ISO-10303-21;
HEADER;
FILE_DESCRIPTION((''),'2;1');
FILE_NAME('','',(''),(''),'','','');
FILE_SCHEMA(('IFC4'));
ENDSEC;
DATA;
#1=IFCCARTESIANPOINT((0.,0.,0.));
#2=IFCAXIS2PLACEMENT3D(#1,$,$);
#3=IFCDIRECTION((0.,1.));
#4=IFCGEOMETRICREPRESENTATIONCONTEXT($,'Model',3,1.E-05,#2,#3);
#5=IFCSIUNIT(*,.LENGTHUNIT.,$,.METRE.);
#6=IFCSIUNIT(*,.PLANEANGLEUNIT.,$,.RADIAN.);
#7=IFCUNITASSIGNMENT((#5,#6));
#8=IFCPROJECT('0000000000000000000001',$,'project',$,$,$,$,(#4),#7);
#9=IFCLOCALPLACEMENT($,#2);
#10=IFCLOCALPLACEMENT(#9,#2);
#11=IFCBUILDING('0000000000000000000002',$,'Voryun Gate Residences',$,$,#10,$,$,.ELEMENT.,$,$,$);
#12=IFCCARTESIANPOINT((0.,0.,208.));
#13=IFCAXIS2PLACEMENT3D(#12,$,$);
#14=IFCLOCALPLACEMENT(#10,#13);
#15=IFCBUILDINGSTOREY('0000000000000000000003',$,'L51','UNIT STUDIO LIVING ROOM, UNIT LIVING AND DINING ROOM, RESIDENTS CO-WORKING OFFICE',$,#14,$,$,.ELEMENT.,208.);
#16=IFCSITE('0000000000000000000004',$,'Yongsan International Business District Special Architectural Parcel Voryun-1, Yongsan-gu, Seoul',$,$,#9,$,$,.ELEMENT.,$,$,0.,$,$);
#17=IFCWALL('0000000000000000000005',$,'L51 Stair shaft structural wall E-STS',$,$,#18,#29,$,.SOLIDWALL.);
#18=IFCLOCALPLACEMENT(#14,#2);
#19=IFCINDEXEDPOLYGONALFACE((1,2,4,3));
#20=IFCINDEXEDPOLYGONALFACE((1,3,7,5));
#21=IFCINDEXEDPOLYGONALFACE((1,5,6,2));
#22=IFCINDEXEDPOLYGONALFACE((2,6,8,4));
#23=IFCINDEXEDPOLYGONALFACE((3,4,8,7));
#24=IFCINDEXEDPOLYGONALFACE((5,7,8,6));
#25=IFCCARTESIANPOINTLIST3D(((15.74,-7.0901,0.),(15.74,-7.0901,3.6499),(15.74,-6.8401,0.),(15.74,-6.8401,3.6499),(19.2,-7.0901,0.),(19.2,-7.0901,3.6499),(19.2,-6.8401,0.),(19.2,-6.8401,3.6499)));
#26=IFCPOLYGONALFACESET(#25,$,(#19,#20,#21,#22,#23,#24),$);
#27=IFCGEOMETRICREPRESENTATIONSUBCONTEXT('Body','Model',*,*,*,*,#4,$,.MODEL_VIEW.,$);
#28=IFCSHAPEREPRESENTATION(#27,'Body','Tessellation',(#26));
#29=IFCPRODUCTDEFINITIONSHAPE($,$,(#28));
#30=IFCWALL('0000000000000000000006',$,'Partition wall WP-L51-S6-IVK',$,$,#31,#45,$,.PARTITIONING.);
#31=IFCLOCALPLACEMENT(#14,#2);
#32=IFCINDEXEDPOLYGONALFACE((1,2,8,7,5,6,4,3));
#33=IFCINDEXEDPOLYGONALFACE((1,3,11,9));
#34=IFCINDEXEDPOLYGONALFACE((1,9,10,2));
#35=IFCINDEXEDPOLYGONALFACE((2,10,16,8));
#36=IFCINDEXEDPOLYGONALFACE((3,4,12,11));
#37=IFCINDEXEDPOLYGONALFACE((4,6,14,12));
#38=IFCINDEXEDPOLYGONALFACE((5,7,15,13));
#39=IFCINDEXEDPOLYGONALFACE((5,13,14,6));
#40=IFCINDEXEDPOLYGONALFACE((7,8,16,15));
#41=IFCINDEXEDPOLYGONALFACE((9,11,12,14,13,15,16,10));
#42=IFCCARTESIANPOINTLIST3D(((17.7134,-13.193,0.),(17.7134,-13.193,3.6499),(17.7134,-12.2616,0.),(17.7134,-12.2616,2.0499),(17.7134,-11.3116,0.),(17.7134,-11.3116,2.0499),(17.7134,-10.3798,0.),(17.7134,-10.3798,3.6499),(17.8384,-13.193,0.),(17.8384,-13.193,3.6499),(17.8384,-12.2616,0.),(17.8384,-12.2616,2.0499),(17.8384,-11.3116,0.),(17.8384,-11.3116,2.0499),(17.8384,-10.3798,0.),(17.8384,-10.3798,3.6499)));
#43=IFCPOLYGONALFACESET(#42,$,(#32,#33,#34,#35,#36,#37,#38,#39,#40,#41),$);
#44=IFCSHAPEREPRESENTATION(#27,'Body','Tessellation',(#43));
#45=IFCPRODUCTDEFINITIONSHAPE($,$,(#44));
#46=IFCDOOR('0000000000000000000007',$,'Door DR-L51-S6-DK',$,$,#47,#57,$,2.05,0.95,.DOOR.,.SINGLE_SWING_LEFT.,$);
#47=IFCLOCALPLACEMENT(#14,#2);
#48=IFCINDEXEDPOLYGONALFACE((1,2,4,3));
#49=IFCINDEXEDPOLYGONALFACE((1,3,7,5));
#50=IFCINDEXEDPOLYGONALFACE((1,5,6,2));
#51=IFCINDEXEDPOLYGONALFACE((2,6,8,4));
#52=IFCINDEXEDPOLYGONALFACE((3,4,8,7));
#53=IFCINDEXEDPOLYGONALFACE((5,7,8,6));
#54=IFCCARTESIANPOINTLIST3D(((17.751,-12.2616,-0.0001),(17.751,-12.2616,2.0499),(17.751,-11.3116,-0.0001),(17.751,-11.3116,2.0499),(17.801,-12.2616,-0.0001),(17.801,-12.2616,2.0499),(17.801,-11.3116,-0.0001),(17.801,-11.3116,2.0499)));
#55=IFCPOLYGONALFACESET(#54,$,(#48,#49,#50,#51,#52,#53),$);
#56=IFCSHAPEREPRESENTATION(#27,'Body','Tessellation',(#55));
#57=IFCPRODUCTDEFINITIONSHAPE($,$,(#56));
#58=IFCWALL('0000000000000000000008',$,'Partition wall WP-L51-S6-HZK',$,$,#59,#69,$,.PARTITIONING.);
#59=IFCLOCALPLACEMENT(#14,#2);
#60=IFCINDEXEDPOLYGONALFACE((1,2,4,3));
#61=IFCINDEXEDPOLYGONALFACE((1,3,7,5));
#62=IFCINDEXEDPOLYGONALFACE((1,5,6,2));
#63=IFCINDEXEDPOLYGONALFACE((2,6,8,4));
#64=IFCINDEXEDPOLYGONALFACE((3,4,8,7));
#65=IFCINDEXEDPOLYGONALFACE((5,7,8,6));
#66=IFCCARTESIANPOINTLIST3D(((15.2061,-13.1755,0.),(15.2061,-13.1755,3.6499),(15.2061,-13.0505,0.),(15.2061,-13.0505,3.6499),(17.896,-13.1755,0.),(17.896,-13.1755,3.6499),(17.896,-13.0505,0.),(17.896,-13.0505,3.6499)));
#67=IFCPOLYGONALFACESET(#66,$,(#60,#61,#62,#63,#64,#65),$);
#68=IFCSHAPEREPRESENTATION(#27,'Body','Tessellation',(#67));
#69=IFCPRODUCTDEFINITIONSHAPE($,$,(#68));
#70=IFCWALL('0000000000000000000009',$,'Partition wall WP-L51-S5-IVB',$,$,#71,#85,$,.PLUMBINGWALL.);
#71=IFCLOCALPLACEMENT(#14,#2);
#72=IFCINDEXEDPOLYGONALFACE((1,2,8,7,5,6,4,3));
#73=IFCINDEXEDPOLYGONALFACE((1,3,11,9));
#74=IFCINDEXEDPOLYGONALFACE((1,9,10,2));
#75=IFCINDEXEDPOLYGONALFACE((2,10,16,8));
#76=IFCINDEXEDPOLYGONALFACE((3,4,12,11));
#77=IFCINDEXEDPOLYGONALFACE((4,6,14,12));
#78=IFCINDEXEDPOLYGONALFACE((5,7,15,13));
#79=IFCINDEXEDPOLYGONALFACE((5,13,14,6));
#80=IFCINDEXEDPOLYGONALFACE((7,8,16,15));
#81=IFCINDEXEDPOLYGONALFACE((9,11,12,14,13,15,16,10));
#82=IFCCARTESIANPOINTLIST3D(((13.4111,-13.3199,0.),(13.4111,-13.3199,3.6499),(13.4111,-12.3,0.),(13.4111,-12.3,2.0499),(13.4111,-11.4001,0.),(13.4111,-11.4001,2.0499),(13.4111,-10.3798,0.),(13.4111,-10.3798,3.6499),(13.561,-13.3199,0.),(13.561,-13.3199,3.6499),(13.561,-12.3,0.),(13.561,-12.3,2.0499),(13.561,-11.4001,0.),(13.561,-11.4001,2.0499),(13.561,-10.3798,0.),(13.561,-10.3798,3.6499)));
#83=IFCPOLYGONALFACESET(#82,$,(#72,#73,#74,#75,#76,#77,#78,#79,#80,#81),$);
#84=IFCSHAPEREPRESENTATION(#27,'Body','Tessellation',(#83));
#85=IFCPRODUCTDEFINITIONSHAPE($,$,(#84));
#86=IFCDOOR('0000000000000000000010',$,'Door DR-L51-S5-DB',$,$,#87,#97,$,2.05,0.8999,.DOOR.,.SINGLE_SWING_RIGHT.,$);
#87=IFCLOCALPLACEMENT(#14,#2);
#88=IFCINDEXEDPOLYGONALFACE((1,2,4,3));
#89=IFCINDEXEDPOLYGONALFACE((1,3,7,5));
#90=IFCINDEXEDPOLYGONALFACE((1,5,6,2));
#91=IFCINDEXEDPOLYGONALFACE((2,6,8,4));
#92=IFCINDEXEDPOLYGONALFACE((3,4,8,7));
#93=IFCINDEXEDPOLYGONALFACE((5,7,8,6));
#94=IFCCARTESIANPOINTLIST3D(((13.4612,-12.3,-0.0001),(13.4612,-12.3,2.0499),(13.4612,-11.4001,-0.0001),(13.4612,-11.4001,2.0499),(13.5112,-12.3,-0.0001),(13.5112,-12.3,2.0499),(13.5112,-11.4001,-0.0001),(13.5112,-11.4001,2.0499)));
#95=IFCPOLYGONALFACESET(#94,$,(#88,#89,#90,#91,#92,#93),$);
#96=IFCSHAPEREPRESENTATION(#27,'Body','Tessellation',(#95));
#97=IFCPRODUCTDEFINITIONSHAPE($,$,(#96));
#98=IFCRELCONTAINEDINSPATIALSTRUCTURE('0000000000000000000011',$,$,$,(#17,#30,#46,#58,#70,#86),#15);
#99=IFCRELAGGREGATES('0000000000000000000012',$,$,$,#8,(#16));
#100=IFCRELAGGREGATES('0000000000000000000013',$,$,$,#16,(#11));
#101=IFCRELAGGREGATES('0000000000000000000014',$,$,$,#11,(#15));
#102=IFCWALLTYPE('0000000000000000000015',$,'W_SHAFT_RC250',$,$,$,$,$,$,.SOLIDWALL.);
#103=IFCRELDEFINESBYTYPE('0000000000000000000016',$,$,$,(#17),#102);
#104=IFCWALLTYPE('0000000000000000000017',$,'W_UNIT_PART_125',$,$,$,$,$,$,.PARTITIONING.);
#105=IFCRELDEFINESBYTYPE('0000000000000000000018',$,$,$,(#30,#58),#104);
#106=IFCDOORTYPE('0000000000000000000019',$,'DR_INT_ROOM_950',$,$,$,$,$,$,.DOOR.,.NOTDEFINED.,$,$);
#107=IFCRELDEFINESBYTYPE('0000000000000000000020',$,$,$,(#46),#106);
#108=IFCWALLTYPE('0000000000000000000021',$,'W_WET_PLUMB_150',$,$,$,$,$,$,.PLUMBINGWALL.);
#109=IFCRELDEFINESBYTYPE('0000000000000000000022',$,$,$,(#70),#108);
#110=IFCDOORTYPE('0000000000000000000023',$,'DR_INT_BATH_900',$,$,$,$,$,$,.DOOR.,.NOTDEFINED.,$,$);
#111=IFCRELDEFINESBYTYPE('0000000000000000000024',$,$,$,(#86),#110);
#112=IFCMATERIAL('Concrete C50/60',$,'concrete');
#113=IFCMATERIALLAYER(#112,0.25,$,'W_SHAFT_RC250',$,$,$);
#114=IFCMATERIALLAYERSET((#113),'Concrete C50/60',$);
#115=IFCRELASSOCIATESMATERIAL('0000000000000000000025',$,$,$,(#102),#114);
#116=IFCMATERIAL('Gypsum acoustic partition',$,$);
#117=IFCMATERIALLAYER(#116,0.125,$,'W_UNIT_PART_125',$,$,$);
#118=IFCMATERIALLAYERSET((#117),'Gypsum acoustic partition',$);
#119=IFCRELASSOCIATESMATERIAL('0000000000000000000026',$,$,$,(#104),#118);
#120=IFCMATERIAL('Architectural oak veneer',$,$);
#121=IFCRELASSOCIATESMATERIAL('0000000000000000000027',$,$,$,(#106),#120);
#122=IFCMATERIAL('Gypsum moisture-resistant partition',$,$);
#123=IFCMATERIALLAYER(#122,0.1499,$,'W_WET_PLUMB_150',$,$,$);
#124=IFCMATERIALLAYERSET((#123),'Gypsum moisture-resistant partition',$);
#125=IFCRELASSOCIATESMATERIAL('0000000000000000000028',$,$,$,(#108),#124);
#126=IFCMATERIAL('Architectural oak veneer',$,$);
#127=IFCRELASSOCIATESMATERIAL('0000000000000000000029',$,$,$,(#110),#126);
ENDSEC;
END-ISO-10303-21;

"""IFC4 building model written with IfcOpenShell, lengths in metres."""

from ifc_helpers import new_model, si_unit, direction, frame, frame_2d, origin, place, context, subcontext, project, spatial, rectangle, extrude, material, layer, layer_set, type_object, element, fill, save


model = new_model("IFC4")

# Units and contexts
model_context = context("Model", 3, precision=1e-05, world=origin(), true_north=direction((0.0, 1.0)))
body_context = subcontext(model_context, "Body", "Model", "MODEL_VIEW")
ifc_project = project(units=[si_unit("LENGTHUNIT", "METRE"), si_unit("PLANEANGLEUNIT", "RADIAN")], contexts=[model_context])

# Site, building, storey
site_placement = place(None, origin())
site = spatial("IfcSite", under=ifc_project, at=site_placement, Name="Yongsan International Business District Special Architectural Parcel Voryun-1, Yongsan-gu, Seoul", CompositionType="ELEMENT", RefElevation=0.0)
building_placement = place(site_placement, origin())
building = spatial("IfcBuilding", under=site, at=building_placement, Name="Voryun Gate Residences", CompositionType="ELEMENT")
storey_placement = place(building_placement, frame((0.0, 0.0, 208.0)))
storey = spatial("IfcBuildingStorey", under=building, at=storey_placement, Name="L51", Description="UNIT STUDIO LIVING ROOM, UNIT LIVING AND DINING ROOM, RESIDENTS CO-WORKING OFFICE", CompositionType="ELEMENT", Elevation=208.0)

# Wall
ifc_material_1 = material(Name="Concrete C50/60", Category="concrete")
ifc_layer_1 = layer(ifc_material_1, 0.25, Name="W_SHAFT_RC250")
ifc_layer_set_1 = layer_set([ifc_layer_1], Name="Concrete C50/60")
wall_type_1 = type_object("IfcWallType", Name="W_SHAFT_RC250", PredefinedType="SOLIDWALL", material=ifc_layer_set_1)
wall_1_placement = place(storey_placement, frame((15.74, -6.9651, 0.0), z_axis=(0.0, 0.0, 1.0), x_axis=(1.0, 0.0, 0.0)))
element("IfcWall", 1, at=wall_1_placement, inside=storey, type_object=wall_type_1, Name="L51 Stair shaft structural wall E-STS", PredefinedType="SOLIDWALL", context=body_context, shape_type="SweptSolid", body=[
    extrude(rectangle(XDim=3.46, YDim=0.25, at=frame_2d((1.73, 0.0))), origin(), (0.0, 0.0, 1.0), 3.6499),
])

# Wall, opening, door
ifc_material_2 = material(Name="Gypsum acoustic partition")
ifc_layer_2 = layer(ifc_material_2, 0.125, Name="W_UNIT_PART_125")
ifc_layer_set_2 = layer_set([ifc_layer_2], Name="Gypsum acoustic partition")
wall_type_2 = type_object("IfcWallType", Name="W_UNIT_PART_125", PredefinedType="PARTITIONING", material=ifc_layer_set_2)
wall_2_placement = place(storey_placement, frame((17.7759, -13.1931, 0.0), z_axis=(0.0, 0.0, 1.0), x_axis=(0.0, 1.0, 0.0)))
wall_2 = element("IfcWall", 2, at=wall_2_placement, inside=storey, type_object=wall_type_2, Name="Partition wall WP-L51-S6-IVK", PredefinedType="PARTITIONING", context=body_context, shape_type="SweptSolid", body=[
    extrude(rectangle(XDim=2.8132, YDim=0.125, at=frame_2d((1.4067, 0.0))), origin(), (0.0, 0.0, 1.0), 3.6499),
])
opening_1_placement = place(wall_2_placement, frame((0.9314, 0.0, 0.0)))
opening_1 = element("IfcOpeningElement", 3, at=opening_1_placement, cuts=wall_2, PredefinedType="OPENING", context=body_context, shape_type="SweptSolid", body=[
    extrude(rectangle(XDim=0.95, YDim=2.05, at=frame_2d((0.4751, 1.0249))), frame((0.0, 0.0725, 0.0), z_axis=(0.0, -1.0, 0.0), x_axis=(1.0, 0.0, 0.0)), (0.0, 0.0, 1.0), 0.145),
])
ifc_material_3 = material(Name="Architectural oak veneer")
door_type_1 = type_object("IfcDoorType", Name="DR_INT_ROOM_950", OperationType="NOTDEFINED", PredefinedType="DOOR", material=ifc_material_3)
door_1_placement = place(opening_1_placement, origin())
door_1 = element("IfcDoor", 4, at=door_1_placement, inside=storey, type_object=door_type_1, Name="Door DR-L51-S6-DK", OperationType="SINGLE_SWING_LEFT", OverallHeight=2.05, OverallWidth=0.95, PredefinedType="DOOR", context=body_context, shape_type="SweptSolid", body=[
    extrude(rectangle(XDim=0.95, YDim=2.05, at=frame_2d((0.4751, 1.0249))), frame((0.0, 0.0249, 0.0), z_axis=(0.0, -1.0, 0.0), x_axis=(1.0, 0.0, 0.0)), (0.0, 0.0, 1.0), 0.05),
])
fill(opening_1, door_1)

# Wall
wall_3_placement = place(storey_placement, frame((15.2061, -13.113, 0.0), z_axis=(0.0, 0.0, 1.0), x_axis=(1.0, 0.0, 0.0)))
element("IfcWall", 5, at=wall_3_placement, inside=storey, type_object=wall_type_2, Name="Partition wall WP-L51-S6-HZK", PredefinedType="PARTITIONING", context=body_context, shape_type="SweptSolid", body=[
    extrude(rectangle(XDim=2.6899, YDim=0.125, at=frame_2d((1.345, 0.0))), origin(), (0.0, 0.0, 1.0), 3.6499),
])

# Wall, opening, door
ifc_material_4 = material(Name="Gypsum moisture-resistant partition")
ifc_layer_3 = layer(ifc_material_4, 0.1499, Name="W_WET_PLUMB_150")
ifc_layer_set_3 = layer_set([ifc_layer_3], Name="Gypsum moisture-resistant partition")
wall_type_3 = type_object("IfcWallType", Name="W_WET_PLUMB_150", PredefinedType="PLUMBINGWALL", material=ifc_layer_set_3)
wall_4_placement = place(storey_placement, frame((13.4861, -13.3201, 0.0), z_axis=(0.0, 0.0, 1.0), x_axis=(0.0, 1.0, 0.0)))
wall_4 = element("IfcWall", 6, at=wall_4_placement, inside=storey, type_object=wall_type_3, Name="Partition wall WP-L51-S5-IVB", PredefinedType="PLUMBINGWALL", context=body_context, shape_type="SweptSolid", body=[
    extrude(rectangle(XDim=2.9402, YDim=0.1499, at=frame_2d((1.4702, 0.0))), origin(), (0.0, 0.0, 1.0), 3.6499),
])
opening_2_placement = place(wall_4_placement, frame((1.02, 0.0, 0.0)))
opening_2 = element("IfcOpeningElement", 7, at=opening_2_placement, cuts=wall_4, PredefinedType="OPENING", context=body_context, shape_type="SweptSolid", body=[
    extrude(rectangle(XDim=0.8999, YDim=2.05, at=frame_2d((0.45, 1.0249))), frame((0.0, 0.085, 0.0), z_axis=(0.0, -1.0, 0.0), x_axis=(1.0, 0.0, 0.0)), (0.0, 0.0, 1.0), 0.1699),
])
ifc_material_5 = material(Name="Architectural oak veneer")
door_type_2 = type_object("IfcDoorType", Name="DR_INT_BATH_900", OperationType="NOTDEFINED", PredefinedType="DOOR", material=ifc_material_5)
door_2_placement = place(opening_2_placement, origin())
door_2 = element("IfcDoor", 8, at=door_2_placement, inside=storey, type_object=door_type_2, Name="Door DR-L51-S5-DB", OperationType="SINGLE_SWING_RIGHT", OverallHeight=2.05, OverallWidth=0.8999, PredefinedType="DOOR", context=body_context, shape_type="SweptSolid", body=[
    extrude(rectangle(XDim=0.8999, YDim=2.05, at=frame_2d((0.45, 1.0249))), frame((0.0, 0.0249, 0.0), z_axis=(0.0, -1.0, 0.0), x_axis=(1.0, 0.0, 0.0)), (0.0, 0.0, 1.0), 0.05),
])
fill(opening_2, door_2)

save(model, "model.ifc")
